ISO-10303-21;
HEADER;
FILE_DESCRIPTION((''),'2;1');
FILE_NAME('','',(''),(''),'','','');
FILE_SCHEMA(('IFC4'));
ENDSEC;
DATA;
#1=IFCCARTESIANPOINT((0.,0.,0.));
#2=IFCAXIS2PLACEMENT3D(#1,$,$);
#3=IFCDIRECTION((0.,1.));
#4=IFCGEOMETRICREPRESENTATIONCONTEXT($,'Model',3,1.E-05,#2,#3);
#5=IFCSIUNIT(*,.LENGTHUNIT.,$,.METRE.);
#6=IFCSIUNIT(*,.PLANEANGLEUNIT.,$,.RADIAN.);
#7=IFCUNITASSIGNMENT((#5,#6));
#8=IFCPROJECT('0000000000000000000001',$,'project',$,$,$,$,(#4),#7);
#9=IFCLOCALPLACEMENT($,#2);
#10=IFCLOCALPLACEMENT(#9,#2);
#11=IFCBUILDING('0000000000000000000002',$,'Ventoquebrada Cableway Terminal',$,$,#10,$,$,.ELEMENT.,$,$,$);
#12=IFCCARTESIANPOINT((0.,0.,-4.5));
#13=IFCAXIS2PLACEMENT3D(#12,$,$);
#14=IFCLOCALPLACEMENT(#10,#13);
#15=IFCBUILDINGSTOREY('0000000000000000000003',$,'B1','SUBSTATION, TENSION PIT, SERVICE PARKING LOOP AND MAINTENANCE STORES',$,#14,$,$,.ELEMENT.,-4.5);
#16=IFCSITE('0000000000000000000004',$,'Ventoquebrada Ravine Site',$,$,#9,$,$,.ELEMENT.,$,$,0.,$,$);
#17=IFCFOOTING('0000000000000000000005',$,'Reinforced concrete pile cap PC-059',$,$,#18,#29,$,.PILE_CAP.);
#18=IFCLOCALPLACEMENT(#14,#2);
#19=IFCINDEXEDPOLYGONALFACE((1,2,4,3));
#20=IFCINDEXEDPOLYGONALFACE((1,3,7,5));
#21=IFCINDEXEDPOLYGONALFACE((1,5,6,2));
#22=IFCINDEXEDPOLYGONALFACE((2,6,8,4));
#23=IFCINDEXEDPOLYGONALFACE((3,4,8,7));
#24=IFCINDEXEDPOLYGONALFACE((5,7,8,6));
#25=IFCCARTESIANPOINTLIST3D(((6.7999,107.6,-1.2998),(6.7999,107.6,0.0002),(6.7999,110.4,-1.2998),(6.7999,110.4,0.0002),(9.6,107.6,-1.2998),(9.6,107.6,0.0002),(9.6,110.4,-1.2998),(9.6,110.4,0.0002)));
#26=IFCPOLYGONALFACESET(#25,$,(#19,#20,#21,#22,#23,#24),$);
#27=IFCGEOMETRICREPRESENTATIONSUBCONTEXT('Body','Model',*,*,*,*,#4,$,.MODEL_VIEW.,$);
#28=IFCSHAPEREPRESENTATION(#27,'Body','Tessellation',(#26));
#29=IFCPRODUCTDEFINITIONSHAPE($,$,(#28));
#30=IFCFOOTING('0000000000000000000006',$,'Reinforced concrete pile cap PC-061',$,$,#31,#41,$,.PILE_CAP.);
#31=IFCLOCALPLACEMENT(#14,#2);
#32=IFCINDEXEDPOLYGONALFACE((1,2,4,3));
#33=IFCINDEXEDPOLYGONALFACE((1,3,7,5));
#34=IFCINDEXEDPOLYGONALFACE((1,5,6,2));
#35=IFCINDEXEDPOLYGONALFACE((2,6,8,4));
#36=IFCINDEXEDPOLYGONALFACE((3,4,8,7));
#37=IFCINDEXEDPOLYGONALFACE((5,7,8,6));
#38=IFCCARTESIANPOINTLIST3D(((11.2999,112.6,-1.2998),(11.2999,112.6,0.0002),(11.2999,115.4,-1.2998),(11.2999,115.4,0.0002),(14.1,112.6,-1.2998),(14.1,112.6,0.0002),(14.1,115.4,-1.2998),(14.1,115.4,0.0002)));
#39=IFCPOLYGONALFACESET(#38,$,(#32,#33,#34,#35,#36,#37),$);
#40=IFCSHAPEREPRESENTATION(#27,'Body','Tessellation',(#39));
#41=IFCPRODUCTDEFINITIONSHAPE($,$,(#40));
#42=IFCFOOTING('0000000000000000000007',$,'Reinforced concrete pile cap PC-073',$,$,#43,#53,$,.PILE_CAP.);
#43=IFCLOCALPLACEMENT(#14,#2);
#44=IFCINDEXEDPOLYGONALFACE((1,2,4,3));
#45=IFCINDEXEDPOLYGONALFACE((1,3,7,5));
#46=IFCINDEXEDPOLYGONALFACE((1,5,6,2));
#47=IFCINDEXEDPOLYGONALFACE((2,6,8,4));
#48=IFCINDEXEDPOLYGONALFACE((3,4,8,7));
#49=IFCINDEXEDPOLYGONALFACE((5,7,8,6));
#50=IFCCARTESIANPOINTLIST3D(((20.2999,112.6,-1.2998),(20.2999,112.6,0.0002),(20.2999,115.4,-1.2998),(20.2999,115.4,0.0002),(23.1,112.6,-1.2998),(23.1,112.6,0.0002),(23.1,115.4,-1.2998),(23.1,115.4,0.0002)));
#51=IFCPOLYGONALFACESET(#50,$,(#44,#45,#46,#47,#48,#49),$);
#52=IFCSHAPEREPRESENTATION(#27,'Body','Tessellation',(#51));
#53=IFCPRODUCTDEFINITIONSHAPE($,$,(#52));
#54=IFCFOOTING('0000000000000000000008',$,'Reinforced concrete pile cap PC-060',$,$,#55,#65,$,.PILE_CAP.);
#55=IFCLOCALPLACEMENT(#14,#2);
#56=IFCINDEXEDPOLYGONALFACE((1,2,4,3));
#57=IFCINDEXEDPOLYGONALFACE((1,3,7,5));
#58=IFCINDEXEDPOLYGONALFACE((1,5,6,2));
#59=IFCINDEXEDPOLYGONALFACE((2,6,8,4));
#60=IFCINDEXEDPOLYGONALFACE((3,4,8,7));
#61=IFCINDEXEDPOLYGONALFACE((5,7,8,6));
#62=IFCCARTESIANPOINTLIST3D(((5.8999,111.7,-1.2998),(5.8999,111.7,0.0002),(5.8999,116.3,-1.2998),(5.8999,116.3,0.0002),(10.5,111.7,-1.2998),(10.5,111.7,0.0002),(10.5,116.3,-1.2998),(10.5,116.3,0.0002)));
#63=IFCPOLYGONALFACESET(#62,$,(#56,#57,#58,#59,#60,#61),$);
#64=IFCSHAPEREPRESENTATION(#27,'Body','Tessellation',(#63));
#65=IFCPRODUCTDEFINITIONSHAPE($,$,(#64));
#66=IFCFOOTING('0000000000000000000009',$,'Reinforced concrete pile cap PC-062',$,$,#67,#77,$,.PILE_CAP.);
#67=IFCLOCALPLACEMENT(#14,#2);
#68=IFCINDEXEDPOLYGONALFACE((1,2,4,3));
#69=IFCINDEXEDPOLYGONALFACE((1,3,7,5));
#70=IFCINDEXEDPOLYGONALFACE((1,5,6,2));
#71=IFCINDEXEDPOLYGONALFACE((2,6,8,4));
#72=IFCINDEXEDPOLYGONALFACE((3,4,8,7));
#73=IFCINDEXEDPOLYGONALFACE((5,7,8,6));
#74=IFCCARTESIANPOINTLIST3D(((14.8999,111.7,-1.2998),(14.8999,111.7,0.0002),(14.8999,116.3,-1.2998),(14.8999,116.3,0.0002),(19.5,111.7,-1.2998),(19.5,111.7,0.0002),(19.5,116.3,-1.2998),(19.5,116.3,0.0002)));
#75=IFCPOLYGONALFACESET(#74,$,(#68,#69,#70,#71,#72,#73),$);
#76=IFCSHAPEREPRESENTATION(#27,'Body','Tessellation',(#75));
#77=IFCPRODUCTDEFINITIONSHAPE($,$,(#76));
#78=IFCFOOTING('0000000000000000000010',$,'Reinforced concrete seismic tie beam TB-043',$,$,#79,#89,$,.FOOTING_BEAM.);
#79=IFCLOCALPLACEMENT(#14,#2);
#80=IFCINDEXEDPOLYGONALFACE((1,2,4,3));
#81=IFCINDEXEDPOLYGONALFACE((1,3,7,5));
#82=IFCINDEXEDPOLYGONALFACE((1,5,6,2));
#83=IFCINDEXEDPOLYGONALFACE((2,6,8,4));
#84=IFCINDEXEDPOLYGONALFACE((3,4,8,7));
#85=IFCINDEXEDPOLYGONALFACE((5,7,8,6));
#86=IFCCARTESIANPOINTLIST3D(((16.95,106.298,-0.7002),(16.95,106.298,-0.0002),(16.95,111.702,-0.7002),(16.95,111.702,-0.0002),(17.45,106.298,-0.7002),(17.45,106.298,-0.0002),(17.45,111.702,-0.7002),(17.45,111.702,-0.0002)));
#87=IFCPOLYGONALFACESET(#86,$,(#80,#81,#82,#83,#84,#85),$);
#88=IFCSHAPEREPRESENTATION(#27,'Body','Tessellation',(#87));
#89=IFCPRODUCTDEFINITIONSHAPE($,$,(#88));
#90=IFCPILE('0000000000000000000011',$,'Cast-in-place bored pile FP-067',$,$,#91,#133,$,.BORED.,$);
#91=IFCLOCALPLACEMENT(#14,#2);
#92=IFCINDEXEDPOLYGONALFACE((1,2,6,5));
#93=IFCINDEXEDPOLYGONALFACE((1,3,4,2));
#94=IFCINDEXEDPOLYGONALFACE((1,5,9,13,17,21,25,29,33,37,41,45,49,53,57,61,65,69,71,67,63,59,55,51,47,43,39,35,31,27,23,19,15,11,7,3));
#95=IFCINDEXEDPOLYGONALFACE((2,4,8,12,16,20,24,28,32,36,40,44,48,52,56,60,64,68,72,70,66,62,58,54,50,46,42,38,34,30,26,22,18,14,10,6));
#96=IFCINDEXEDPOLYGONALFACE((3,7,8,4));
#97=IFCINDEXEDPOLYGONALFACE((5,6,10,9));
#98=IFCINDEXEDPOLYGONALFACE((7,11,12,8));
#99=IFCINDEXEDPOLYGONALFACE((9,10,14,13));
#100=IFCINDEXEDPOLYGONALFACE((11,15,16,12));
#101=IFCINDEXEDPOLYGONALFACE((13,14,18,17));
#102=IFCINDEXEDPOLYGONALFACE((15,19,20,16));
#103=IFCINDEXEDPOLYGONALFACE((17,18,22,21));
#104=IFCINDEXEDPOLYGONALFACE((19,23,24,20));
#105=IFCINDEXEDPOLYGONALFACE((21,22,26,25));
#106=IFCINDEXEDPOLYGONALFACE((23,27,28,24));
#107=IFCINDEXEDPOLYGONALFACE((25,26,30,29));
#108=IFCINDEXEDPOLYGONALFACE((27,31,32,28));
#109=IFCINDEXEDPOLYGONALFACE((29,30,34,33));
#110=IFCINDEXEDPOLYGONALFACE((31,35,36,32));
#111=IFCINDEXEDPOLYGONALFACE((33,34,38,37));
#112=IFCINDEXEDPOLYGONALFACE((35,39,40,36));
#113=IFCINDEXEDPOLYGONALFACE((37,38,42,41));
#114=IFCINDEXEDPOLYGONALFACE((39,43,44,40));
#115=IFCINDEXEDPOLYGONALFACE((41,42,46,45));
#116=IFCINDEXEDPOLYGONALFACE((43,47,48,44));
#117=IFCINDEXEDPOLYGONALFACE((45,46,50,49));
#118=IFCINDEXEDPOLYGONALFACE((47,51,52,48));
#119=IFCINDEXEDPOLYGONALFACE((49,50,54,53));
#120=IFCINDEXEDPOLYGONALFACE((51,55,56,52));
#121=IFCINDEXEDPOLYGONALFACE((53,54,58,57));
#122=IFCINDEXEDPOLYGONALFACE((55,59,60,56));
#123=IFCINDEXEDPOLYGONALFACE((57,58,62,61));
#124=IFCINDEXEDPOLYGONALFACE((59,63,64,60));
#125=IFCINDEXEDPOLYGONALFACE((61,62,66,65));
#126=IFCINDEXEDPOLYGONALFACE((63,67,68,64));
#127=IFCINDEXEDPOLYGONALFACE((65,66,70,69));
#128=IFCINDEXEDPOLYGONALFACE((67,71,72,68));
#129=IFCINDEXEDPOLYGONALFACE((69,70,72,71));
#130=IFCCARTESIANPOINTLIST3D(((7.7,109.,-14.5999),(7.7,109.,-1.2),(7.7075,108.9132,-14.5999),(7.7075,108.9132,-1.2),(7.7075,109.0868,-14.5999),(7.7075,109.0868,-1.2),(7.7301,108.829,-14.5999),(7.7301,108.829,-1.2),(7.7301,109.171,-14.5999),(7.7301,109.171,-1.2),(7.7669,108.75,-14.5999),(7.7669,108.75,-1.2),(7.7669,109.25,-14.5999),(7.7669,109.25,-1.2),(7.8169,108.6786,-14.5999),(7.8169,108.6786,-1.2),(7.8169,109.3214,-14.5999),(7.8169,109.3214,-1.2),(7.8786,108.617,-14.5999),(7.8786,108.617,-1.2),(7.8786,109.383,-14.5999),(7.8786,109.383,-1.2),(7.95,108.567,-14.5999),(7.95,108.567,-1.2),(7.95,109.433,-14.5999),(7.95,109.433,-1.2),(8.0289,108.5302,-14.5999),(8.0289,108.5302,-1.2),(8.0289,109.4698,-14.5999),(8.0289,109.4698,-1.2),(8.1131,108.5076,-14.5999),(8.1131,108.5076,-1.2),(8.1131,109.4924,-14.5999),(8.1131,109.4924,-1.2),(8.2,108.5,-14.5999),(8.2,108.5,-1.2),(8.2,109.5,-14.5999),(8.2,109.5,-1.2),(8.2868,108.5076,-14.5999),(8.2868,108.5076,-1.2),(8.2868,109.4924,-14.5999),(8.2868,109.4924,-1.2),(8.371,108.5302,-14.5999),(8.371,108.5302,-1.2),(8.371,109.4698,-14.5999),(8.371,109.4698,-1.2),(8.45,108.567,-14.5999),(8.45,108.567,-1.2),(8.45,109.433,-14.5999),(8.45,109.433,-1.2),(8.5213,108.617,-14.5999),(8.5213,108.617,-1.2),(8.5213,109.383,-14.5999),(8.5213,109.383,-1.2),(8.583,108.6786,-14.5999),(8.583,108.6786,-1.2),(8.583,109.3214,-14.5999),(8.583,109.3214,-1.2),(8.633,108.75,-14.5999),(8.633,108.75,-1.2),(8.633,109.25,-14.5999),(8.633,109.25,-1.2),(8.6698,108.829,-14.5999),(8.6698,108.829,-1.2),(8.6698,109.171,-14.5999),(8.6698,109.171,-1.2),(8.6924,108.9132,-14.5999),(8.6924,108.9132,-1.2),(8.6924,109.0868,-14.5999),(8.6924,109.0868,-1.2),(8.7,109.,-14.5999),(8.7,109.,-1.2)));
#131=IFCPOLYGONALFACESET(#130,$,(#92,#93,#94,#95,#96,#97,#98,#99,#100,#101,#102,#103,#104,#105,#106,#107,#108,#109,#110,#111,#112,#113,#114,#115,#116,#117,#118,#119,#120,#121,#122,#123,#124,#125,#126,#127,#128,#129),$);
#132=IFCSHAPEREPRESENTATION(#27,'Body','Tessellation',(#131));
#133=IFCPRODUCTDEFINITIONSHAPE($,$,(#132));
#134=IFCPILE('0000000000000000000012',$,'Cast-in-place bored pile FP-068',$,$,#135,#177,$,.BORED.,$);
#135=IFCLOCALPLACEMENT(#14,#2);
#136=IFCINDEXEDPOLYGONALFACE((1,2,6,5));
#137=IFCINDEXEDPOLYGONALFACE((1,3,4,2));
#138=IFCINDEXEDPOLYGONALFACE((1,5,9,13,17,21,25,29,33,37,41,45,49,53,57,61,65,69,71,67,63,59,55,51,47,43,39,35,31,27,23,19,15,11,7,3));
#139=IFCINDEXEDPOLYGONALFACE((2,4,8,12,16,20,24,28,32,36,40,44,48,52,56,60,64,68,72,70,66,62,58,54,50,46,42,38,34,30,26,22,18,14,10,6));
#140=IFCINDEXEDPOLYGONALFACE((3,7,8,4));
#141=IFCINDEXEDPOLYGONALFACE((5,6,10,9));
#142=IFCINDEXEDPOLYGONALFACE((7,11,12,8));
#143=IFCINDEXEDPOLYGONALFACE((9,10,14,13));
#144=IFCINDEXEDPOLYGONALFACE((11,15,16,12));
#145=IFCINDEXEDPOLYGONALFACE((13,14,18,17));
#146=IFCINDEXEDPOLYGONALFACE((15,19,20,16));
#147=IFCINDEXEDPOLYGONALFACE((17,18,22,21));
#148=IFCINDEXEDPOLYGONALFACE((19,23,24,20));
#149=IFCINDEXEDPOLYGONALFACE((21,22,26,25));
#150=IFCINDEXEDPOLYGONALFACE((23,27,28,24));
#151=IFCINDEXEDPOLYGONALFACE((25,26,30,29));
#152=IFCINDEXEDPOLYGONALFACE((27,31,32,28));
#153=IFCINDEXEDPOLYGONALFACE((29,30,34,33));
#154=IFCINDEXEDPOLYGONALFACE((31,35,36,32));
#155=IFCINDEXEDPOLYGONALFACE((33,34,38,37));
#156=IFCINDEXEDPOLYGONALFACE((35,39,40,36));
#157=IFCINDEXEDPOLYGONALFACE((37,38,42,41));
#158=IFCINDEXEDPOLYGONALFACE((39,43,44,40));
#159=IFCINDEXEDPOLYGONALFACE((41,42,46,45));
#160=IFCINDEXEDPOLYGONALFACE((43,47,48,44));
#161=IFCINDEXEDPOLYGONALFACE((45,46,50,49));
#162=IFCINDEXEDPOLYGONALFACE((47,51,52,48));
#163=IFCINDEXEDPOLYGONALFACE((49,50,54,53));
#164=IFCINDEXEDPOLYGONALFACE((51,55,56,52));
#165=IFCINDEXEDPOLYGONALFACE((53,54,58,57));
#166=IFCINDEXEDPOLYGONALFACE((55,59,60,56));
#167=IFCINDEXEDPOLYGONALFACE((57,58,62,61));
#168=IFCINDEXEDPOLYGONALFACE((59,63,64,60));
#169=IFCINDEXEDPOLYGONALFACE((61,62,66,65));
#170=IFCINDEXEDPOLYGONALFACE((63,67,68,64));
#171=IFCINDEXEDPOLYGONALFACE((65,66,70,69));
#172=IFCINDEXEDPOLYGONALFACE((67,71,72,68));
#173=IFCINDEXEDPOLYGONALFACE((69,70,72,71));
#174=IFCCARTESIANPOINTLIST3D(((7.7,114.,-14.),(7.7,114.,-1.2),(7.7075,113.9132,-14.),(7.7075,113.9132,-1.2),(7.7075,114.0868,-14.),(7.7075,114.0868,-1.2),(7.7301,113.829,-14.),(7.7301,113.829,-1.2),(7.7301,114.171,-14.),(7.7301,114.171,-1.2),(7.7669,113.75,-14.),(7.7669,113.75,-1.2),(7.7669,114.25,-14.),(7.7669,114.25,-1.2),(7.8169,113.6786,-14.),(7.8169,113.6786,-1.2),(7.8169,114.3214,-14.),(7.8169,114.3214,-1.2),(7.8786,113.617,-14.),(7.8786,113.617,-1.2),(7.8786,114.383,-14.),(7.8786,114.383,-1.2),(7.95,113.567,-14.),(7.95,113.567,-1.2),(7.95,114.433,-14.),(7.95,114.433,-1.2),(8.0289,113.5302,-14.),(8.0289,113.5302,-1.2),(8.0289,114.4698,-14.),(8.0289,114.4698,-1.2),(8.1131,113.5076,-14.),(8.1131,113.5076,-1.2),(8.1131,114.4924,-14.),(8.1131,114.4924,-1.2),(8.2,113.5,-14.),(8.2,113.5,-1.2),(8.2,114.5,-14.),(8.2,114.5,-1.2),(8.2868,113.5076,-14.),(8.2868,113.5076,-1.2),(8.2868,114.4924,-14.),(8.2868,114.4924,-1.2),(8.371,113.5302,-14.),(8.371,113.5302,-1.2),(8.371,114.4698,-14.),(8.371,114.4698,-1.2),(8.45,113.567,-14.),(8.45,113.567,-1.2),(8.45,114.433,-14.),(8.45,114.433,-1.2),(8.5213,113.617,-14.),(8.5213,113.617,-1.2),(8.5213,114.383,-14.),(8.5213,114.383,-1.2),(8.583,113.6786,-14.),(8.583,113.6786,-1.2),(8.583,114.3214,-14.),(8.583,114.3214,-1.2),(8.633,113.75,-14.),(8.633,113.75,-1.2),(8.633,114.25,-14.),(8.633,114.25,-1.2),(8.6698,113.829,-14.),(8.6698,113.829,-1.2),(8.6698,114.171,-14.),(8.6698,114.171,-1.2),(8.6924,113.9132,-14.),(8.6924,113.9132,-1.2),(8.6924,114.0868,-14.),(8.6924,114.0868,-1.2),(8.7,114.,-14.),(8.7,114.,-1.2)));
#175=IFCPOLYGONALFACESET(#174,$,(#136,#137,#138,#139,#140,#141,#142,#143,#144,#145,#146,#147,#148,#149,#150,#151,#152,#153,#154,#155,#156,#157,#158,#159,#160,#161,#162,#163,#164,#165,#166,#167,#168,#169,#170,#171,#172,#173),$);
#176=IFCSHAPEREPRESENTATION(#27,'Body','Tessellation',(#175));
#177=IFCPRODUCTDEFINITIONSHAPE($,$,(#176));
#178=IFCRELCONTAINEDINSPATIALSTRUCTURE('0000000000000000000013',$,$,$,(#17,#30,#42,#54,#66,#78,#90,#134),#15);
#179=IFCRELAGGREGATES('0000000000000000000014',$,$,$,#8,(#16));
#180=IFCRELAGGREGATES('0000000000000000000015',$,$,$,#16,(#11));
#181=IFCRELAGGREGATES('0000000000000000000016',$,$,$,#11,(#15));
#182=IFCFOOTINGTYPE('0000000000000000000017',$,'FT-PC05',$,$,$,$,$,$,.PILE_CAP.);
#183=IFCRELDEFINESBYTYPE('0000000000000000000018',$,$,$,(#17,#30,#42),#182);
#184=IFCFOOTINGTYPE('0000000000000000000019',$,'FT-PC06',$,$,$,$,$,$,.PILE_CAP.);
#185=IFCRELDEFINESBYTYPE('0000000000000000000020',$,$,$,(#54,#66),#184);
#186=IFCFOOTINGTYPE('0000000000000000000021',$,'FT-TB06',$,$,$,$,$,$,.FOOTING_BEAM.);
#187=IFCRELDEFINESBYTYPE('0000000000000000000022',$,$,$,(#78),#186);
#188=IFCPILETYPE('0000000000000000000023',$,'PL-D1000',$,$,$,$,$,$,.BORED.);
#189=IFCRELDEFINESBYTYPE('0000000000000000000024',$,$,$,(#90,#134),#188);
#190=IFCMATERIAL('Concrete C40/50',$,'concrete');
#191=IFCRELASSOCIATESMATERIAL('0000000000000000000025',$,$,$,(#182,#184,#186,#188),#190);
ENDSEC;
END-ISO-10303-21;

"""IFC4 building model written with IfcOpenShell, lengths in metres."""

from ifc_helpers import new_model, si_unit, direction, frame, origin, origin_2d, place, context, subcontext, project, spatial, rectangle, circle, extrude, material, material_profile, profile_set, type_object, element, save


model = new_model("IFC4")

# Units and contexts
model_context = context("Model", 3, precision=1e-05, world=origin(), true_north=direction((0.0, 1.0)))
body_context = subcontext(model_context, "Body", "Model", "MODEL_VIEW")
ifc_project = project(units=[si_unit("LENGTHUNIT", "METRE"), si_unit("PLANEANGLEUNIT", "RADIAN")], contexts=[model_context])

# Site, building, storey
site_placement = place(None, origin())
site = spatial("IfcSite", under=ifc_project, at=site_placement, Name="Ventoquebrada Ravine Site", CompositionType="ELEMENT", RefElevation=0.0)
building_placement = place(site_placement, origin())
building = spatial("IfcBuilding", under=site, at=building_placement, Name="Ventoquebrada Cableway Terminal", CompositionType="ELEMENT")
storey_placement = place(building_placement, frame((0.0, 0.0, -4.5)))
storey = spatial("IfcBuildingStorey", under=building, at=storey_placement, Name="B1", Description="SUBSTATION, TENSION PIT, SERVICE PARKING LOOP AND MAINTENANCE STORES", CompositionType="ELEMENT", Elevation=-4.5)

# Footings
ifc_material_1 = material(Name="Concrete C40/50", Category="concrete")
footing_type_1 = type_object("IfcFootingType", Name="FT-PC05", PredefinedType="PILE_CAP", material=ifc_material_1)
for number, where, z_axis, x_axis, name in (
    (1, (8.2, 109.0, -1.2998), (0.0, 0.0, 1.0), (1.0, 0.0, 0.0), "Reinforced concrete pile cap PC-059"),
    (2, (12.7, 114.0, -1.2998), (0.0, 0.0, 1.0), (1.0, 0.0, 0.0), "Reinforced concrete pile cap PC-061"),
    (3, (21.7, 114.0, -1.2998), (0.0, 0.0, 1.0), (1.0, 0.0, 0.0), "Reinforced concrete pile cap PC-073"),
):
    element("IfcFooting", number, at=place(storey_placement, frame(where, z_axis=z_axis, x_axis=x_axis)), inside=storey, type_object=footing_type_1, Name=name, PredefinedType="PILE_CAP", context=body_context, shape_type="SweptSolid", body=[
        extrude(rectangle(XDim=2.8, YDim=2.8, at=origin_2d()), origin(), (0.0, 0.0, 1.0), 1.3),
    ])
footing_type_2 = type_object("IfcFootingType", Name="FT-PC06", PredefinedType="PILE_CAP", material=ifc_material_1)
for number, where, z_axis, x_axis, name in (
    (4, (8.2, 114.0, -1.2998), (0.0, 0.0, 1.0), (1.0, 0.0, 0.0), "Reinforced concrete pile cap PC-060"),
    (5, (17.2, 114.0, -1.2998), (0.0, 0.0, 1.0), (1.0, 0.0, 0.0), "Reinforced concrete pile cap PC-062"),
):
    element("IfcFooting", number, at=place(storey_placement, frame(where, z_axis=z_axis, x_axis=x_axis)), inside=storey, type_object=footing_type_2, Name=name, PredefinedType="PILE_CAP", context=body_context, shape_type="SweptSolid", body=[
        extrude(rectangle(XDim=4.6001, YDim=4.6001, at=origin_2d()), origin(), (0.0, 0.0, 1.0), 1.3),
    ])
footing_type_3 = type_object("IfcFootingType", Name="FT-TB06", PredefinedType="FOOTING_BEAM", material=ifc_material_1)
footing_placement = place(storey_placement, frame((17.2, 109.0, -0.7002), z_axis=(0.0, 0.0, 1.0), x_axis=(0.0, 1.0, 0.0)))
element("IfcFooting", 6, at=footing_placement, inside=storey, type_object=footing_type_3, Name="Reinforced concrete seismic tie beam TB-043", PredefinedType="FOOTING_BEAM", context=body_context, shape_type="SweptSolid", body=[
    extrude(rectangle(XDim=5.4041, YDim=0.5, at=origin_2d()), origin(), (0.0, 0.0, 1.0), 0.7),
])

# Piles
ifc_material_profile_1 = material_profile(ifc_material_1, circle(Radius=0.5, at=origin_2d()), Name="PILE-D1000")
ifc_profile_set_1 = profile_set([ifc_material_profile_1], Name="Concrete C40/50")
pile_type = type_object("IfcPileType", Name="PL-D1000", PredefinedType="BORED", material=ifc_profile_set_1)
pile_1_placement = place(storey_placement, frame((8.2, 109.0, -1.2), z_axis=(0.0, 0.0, -1.0), x_axis=(1.0, 0.0, 0.0)))
element("IfcPile", 7, at=pile_1_placement, inside=storey, type_object=pile_type, Name="Cast-in-place bored pile FP-067", PredefinedType="BORED", context=body_context, shape_type="SweptSolid", body=[
    extrude(circle(Radius=0.5, at=origin_2d()), origin(), (0.0, 0.0, 1.0), 13.3999),
])
pile_2_placement = place(storey_placement, frame((8.2, 114.0, -1.2), z_axis=(0.0, 0.0, -1.0), x_axis=(1.0, 0.0, 0.0)))
element("IfcPile", 8, at=pile_2_placement, inside=storey, type_object=pile_type, Name="Cast-in-place bored pile FP-068", PredefinedType="BORED", context=body_context, shape_type="SweptSolid", body=[
    extrude(circle(Radius=0.5, at=origin_2d()), origin(), (0.0, 0.0, 1.0), 12.8),
])

save(model, "model.ifc")
